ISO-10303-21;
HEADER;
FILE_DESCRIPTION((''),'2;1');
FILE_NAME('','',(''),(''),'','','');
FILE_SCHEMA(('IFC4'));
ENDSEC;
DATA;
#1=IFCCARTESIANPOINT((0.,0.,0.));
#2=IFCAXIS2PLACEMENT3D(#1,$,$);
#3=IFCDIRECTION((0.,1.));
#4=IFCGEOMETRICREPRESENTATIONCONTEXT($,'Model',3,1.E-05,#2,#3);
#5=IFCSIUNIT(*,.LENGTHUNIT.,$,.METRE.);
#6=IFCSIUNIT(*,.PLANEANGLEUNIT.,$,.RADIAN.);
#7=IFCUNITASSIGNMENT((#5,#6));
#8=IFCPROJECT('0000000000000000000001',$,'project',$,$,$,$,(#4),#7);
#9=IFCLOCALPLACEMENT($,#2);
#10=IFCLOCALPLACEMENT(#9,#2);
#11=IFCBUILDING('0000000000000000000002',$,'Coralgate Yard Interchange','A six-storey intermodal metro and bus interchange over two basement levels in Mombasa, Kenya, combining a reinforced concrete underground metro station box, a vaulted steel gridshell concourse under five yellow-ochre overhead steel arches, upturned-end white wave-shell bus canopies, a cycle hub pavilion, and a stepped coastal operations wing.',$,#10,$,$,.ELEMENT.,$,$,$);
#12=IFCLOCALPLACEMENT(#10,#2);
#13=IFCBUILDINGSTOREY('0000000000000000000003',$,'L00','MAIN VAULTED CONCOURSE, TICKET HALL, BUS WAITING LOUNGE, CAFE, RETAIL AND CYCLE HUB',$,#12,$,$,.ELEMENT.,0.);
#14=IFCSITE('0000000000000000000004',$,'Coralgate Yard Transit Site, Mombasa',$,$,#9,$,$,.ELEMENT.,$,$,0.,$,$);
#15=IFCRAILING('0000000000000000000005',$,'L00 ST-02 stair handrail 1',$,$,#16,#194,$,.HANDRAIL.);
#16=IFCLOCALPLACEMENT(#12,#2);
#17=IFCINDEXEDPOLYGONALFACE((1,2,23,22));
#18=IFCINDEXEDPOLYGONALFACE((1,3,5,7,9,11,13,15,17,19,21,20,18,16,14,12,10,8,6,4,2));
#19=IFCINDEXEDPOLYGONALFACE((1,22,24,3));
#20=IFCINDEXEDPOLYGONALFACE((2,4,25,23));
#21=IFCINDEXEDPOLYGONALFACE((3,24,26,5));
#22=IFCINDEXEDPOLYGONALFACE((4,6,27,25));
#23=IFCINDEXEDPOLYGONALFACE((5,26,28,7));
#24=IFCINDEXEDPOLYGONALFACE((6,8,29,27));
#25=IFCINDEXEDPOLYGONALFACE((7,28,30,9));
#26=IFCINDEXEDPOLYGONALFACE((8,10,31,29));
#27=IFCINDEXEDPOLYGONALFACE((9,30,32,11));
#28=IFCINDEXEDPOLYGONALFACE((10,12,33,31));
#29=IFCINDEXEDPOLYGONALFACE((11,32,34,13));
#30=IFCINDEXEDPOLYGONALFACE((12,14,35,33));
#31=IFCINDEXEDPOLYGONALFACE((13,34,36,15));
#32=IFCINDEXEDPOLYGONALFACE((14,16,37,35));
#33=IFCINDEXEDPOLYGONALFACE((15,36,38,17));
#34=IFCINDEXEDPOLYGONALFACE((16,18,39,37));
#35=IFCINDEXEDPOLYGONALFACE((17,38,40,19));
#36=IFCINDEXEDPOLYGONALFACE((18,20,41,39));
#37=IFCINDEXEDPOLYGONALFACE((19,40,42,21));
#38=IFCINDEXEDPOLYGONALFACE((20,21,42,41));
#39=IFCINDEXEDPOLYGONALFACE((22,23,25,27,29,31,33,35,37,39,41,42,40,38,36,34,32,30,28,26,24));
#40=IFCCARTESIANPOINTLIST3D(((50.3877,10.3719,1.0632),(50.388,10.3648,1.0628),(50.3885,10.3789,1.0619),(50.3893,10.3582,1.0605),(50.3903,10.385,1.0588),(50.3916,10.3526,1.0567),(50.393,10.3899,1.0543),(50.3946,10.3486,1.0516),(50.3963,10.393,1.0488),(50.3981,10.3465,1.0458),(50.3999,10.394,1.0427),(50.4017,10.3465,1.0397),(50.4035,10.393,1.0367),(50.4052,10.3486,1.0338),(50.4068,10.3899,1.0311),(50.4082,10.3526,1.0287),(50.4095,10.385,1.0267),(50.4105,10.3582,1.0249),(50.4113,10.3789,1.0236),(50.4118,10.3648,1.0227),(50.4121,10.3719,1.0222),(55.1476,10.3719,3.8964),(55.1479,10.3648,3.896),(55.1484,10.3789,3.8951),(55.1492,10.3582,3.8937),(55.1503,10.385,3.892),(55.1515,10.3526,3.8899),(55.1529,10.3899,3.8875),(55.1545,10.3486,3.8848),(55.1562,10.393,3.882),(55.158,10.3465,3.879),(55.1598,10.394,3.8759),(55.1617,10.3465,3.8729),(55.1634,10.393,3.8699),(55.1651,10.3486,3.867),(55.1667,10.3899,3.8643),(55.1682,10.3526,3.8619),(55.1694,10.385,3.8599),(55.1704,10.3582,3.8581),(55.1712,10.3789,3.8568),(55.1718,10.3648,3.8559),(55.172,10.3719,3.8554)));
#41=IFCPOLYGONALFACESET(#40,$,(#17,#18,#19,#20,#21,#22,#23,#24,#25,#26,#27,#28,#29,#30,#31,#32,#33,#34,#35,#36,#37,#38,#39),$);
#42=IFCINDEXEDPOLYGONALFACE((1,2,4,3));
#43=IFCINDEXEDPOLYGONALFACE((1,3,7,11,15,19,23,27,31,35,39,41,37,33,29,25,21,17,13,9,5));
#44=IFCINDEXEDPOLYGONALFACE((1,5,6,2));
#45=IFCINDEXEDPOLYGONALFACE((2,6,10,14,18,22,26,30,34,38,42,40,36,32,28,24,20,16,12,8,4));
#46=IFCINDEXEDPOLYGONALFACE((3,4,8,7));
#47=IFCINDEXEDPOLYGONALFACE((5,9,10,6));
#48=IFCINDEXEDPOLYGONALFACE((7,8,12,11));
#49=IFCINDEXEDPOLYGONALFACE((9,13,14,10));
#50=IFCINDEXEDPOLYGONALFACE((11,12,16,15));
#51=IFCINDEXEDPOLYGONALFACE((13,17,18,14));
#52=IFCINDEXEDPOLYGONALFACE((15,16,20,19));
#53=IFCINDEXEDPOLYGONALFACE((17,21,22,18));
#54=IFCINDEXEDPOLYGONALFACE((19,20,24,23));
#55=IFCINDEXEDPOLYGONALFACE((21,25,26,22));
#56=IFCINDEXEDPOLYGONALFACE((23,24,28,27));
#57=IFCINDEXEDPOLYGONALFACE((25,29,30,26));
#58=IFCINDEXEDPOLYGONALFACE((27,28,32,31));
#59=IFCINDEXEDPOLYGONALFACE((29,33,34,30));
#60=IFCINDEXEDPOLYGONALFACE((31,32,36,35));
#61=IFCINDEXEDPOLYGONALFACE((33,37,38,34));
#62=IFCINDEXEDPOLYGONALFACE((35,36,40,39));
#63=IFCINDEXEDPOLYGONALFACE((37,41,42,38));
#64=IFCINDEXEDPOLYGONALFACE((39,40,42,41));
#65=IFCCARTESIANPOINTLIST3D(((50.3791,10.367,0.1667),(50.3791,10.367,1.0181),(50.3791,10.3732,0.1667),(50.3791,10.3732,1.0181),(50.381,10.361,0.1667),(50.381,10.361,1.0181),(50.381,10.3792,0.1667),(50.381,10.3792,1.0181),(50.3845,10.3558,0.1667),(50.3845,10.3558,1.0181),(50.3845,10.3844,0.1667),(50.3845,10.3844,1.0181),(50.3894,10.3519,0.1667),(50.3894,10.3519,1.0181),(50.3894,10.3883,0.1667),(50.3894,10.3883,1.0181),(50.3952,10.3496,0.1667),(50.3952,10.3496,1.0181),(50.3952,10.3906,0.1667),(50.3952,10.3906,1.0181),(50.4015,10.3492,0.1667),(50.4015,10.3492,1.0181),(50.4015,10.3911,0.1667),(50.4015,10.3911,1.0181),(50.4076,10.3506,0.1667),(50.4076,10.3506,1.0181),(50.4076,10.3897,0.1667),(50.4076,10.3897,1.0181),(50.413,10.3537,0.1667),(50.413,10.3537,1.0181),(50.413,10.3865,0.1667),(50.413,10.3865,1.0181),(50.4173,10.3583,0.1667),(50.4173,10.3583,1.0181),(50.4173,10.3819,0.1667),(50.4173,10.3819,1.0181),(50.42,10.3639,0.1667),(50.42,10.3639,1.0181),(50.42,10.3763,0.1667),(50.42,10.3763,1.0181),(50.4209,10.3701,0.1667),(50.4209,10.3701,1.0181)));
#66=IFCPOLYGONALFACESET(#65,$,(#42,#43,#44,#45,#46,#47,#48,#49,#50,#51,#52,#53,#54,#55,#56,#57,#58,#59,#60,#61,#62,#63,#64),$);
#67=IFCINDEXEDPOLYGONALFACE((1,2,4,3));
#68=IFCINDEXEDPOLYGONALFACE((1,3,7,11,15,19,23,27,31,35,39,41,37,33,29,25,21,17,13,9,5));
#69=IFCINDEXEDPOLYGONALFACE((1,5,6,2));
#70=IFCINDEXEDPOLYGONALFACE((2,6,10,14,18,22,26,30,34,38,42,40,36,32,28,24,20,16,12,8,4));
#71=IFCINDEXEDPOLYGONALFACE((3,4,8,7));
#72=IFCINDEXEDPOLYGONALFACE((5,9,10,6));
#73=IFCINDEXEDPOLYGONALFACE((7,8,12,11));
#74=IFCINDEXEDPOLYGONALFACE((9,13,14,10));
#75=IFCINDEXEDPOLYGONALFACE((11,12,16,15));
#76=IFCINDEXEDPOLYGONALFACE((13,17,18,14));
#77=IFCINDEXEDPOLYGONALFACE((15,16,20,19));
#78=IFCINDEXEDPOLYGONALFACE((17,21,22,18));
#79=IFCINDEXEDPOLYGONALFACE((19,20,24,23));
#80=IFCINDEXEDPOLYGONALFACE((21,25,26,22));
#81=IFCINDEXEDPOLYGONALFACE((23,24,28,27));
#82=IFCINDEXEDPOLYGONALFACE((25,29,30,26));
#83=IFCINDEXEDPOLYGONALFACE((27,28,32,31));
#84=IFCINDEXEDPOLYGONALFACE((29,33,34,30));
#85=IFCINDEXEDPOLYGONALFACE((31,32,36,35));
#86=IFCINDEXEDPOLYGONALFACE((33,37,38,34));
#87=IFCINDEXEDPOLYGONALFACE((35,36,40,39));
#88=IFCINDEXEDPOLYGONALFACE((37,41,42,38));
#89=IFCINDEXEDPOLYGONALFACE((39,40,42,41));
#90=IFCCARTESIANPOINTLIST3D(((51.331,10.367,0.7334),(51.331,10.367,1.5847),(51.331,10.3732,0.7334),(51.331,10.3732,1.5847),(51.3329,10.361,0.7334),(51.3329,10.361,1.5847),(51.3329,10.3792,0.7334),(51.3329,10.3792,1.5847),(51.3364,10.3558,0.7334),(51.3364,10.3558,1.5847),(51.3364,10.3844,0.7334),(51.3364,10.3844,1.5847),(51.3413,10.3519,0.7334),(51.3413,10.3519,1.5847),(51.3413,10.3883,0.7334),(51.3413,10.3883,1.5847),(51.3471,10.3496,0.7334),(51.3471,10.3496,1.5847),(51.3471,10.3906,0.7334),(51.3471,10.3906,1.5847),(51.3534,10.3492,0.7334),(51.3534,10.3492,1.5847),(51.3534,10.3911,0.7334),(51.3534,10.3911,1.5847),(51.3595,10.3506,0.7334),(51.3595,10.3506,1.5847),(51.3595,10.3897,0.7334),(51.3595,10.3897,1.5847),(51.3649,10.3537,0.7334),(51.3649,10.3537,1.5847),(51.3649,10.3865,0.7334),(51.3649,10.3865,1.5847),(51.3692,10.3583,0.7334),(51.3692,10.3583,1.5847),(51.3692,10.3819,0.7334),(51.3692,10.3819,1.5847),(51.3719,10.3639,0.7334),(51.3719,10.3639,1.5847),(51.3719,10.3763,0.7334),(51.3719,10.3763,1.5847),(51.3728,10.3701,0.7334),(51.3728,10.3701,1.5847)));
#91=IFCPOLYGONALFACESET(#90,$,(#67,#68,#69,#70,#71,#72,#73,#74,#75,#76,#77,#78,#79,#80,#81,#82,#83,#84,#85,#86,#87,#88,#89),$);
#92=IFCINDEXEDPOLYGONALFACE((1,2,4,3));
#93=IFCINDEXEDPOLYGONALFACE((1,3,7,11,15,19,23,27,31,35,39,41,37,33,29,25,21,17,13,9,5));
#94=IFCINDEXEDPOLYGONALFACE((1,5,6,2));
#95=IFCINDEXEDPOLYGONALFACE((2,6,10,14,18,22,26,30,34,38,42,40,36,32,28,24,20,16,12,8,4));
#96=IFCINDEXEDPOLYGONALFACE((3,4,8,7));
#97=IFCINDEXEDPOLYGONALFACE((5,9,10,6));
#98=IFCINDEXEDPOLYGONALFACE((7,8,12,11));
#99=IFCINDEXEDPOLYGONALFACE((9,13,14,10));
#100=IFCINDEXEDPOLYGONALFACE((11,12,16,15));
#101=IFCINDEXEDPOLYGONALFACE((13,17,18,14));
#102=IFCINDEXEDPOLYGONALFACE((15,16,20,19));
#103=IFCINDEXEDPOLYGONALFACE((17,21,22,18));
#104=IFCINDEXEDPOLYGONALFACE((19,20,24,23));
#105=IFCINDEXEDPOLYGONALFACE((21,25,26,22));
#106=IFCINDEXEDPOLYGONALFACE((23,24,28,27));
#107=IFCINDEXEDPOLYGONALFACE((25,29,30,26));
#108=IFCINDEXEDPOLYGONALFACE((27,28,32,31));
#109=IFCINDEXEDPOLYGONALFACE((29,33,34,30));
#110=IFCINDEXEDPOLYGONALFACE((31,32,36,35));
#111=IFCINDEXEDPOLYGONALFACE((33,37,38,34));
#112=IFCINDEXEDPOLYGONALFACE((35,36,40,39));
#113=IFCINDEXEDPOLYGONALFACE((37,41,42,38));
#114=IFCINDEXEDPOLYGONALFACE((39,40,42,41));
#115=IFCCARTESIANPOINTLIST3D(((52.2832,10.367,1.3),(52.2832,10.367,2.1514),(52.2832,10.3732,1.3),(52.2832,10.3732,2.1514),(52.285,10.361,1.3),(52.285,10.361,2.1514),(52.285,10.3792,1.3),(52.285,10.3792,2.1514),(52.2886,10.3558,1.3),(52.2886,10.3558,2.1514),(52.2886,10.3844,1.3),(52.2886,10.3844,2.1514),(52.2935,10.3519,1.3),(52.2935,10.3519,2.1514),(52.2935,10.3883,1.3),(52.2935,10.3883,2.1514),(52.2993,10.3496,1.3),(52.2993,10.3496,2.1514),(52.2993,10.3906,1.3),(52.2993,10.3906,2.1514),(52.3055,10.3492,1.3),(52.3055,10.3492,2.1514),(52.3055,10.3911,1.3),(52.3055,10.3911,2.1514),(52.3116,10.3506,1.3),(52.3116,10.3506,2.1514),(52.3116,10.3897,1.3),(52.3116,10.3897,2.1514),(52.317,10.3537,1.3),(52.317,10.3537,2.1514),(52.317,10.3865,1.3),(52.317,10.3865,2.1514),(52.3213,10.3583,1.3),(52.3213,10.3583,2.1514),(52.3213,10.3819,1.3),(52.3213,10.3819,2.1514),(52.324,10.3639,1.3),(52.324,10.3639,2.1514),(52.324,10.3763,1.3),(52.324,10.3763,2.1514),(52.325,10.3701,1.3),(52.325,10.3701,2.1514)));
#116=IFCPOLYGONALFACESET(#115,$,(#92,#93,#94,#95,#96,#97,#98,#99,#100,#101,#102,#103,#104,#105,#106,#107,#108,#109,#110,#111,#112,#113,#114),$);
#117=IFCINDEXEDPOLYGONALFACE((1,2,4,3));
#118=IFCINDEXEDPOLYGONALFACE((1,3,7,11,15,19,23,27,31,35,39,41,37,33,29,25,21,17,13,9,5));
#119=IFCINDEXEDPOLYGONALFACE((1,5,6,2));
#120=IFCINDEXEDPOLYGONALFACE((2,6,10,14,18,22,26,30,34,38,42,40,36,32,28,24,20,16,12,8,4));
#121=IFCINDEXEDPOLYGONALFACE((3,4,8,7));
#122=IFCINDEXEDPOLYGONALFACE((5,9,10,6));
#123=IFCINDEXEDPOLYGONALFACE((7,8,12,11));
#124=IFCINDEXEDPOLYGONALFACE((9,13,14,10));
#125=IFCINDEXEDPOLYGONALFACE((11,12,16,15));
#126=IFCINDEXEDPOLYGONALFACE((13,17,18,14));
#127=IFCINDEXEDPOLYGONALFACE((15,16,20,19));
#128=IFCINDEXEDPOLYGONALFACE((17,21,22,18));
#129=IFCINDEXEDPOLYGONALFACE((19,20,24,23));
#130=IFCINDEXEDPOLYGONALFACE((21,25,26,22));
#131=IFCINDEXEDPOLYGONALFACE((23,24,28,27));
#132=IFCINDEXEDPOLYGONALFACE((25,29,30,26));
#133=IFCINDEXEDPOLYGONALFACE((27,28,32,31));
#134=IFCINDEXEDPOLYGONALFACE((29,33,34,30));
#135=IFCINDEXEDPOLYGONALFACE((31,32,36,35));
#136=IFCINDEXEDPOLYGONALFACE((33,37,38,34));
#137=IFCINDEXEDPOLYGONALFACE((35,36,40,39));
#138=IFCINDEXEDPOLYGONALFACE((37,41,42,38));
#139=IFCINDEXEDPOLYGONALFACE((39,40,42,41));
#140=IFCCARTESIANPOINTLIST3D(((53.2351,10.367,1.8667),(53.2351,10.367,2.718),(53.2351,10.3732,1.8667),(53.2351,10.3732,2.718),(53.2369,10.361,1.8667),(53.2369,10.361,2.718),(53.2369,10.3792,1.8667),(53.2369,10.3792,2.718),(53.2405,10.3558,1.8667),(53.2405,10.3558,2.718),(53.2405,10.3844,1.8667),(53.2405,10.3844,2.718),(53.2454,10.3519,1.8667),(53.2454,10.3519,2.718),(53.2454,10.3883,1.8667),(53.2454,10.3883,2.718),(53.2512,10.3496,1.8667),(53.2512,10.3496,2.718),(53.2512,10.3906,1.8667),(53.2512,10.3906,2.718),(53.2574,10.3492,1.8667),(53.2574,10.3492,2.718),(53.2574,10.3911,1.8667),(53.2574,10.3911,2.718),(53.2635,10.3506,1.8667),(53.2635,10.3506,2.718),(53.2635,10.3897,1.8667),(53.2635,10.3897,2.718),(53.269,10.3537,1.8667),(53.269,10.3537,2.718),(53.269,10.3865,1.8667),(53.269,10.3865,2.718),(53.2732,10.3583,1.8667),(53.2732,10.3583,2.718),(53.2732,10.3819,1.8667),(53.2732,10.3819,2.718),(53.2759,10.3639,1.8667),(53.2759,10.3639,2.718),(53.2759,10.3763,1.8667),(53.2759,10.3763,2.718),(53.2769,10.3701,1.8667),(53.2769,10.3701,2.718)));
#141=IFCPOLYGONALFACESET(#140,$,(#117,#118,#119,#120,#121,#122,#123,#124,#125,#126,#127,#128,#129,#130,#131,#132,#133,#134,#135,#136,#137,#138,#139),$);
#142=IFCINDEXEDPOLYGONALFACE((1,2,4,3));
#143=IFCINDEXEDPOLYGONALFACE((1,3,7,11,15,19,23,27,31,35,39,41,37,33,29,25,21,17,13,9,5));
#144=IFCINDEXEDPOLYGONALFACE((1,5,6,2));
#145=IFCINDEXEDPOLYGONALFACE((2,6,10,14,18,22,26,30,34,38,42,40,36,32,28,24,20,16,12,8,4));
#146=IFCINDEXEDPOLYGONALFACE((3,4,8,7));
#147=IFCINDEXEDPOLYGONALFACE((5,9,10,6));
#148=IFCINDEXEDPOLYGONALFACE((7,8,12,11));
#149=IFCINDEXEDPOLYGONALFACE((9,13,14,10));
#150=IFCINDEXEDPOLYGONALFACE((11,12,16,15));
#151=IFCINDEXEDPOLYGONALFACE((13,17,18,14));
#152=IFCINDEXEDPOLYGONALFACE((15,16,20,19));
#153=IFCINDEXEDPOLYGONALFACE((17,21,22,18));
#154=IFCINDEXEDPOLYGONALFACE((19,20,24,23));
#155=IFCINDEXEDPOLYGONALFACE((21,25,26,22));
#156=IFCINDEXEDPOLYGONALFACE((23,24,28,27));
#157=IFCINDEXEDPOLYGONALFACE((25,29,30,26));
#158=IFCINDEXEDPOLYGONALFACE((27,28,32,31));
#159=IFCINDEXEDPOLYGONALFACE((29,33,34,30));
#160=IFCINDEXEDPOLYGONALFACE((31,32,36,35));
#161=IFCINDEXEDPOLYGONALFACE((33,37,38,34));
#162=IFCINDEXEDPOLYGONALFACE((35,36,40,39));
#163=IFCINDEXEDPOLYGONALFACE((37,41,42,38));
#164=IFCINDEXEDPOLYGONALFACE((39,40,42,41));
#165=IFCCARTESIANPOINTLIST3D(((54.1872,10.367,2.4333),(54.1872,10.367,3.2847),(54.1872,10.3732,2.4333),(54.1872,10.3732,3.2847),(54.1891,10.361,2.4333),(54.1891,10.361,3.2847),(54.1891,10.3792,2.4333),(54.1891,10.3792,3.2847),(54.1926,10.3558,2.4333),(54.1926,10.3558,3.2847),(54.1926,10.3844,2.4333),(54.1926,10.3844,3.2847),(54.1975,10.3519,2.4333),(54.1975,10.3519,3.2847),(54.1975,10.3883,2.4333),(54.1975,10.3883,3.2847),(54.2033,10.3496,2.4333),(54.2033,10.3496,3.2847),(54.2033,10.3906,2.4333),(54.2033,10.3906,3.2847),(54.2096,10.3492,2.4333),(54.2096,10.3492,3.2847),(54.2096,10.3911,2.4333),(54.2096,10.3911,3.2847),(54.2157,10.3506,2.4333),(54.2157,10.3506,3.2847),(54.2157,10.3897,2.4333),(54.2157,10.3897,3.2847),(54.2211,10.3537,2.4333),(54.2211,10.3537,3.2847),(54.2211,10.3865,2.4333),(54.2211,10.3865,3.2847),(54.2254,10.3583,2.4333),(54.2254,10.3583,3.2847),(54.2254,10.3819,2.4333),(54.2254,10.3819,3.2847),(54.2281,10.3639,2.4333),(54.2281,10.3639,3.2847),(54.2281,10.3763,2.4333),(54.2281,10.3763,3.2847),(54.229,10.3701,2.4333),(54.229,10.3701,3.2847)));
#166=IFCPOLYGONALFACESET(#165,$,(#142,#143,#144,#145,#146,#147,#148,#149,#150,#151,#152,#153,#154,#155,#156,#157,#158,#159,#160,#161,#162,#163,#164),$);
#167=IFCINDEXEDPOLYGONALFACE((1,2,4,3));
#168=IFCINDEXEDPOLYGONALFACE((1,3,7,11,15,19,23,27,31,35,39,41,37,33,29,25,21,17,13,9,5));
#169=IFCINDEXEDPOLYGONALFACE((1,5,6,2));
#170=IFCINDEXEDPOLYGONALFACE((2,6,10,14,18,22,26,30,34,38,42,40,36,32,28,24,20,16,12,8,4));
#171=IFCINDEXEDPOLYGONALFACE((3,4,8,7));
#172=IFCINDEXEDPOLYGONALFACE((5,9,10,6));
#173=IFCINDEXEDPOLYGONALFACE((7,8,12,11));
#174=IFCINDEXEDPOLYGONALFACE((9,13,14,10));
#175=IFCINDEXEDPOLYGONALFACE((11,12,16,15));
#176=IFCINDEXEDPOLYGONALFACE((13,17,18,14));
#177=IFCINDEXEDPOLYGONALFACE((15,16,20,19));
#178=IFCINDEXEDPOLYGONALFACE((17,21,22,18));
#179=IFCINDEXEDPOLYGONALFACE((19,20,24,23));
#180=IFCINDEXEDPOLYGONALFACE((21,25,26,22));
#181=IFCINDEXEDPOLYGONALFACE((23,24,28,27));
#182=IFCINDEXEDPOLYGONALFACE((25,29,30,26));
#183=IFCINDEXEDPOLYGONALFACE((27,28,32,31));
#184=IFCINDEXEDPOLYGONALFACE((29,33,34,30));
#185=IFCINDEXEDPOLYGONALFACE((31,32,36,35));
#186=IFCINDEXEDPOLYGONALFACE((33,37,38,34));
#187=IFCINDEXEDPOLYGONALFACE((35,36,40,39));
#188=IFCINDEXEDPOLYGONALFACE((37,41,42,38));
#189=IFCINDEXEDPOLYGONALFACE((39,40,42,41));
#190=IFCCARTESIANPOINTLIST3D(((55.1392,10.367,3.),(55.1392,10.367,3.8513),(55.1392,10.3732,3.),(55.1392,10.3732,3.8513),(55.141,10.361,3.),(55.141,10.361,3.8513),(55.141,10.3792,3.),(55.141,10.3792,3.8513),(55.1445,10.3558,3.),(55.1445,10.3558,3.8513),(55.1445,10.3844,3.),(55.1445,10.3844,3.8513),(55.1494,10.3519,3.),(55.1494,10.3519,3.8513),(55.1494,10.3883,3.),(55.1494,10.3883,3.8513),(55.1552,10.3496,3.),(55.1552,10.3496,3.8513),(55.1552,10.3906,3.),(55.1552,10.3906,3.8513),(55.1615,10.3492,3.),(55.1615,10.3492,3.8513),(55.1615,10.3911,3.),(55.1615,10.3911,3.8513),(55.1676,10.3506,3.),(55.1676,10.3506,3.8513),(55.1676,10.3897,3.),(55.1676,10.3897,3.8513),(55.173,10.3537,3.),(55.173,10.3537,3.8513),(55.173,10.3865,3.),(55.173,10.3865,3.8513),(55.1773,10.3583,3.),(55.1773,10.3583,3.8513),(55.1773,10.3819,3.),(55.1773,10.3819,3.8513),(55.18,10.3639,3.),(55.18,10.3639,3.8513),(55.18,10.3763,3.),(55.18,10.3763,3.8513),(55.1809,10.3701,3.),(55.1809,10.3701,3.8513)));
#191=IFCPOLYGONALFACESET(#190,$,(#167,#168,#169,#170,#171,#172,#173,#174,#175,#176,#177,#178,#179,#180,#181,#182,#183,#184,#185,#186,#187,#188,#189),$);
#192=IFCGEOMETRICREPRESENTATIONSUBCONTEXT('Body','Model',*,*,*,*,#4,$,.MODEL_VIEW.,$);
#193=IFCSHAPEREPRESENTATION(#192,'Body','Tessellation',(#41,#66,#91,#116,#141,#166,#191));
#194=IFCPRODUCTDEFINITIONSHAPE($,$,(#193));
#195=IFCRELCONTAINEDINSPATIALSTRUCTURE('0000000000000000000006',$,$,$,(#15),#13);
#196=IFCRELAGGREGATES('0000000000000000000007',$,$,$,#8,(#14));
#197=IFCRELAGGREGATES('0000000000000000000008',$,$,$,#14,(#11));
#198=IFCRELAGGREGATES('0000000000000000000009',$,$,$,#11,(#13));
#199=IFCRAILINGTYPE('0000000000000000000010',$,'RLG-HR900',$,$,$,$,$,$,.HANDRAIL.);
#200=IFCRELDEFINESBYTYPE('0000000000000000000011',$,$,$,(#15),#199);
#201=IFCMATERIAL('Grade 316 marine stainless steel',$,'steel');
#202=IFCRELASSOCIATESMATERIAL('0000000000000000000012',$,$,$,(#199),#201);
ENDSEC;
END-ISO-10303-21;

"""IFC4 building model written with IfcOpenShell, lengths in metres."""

from ifc_helpers import new_model, si_unit, direction, frame, origin, origin_2d, place, context, subcontext, project, spatial, circle, extrude, material, type_object, element, save


model = new_model("IFC4")

# Units and contexts
model_context = context("Model", 3, precision=1e-05, world=origin(), true_north=direction((0.0, 1.0)))
body_context = subcontext(model_context, "Body", "Model", "MODEL_VIEW")
ifc_project = project(units=[si_unit("LENGTHUNIT", "METRE"), si_unit("PLANEANGLEUNIT", "RADIAN")], contexts=[model_context])

# Site, building, storey
site_placement = place(None, origin())
site = spatial("IfcSite", under=ifc_project, at=site_placement, Name="Coralgate Yard Transit Site, Mombasa", CompositionType="ELEMENT", RefElevation=0.0)
building_placement = place(site_placement, origin())
building = spatial("IfcBuilding", under=site, at=building_placement, Name="Coralgate Yard Interchange", Description="A six-storey intermodal metro and bus interchange over two basement levels in Mombasa, Kenya, combining a reinforced concrete underground metro station box, a vaulted steel gridshell concourse under five yellow-ochre overhead steel arches, upturned-end white wave-shell bus canopies, a cycle hub pavilion, and a stepped coastal operations wing.", CompositionType="ELEMENT")
storey_placement = place(building_placement, origin())
storey = spatial("IfcBuildingStorey", under=building, at=storey_placement, Name="L00", Description="MAIN VAULTED CONCOURSE, TICKET HALL, BUS WAITING LOUNGE, CAFE, RETAIL AND CYCLE HUB", CompositionType="ELEMENT", Elevation=0.0)

# Railing
ifc_material_1 = material(Name="Grade 316 marine stainless steel", Category="steel")
railing_type_1 = type_object("IfcRailingType", Name="RLG-HR900", PredefinedType="HANDRAIL", material=ifc_material_1)
railing_1_placement = place(storey_placement, frame((50.3999, 10.3701, 0.1667)))
element("IfcRailing", 1, at=railing_1_placement, inside=storey, type_object=railing_type_1, Name="L00 ST-02 stair handrail 1", PredefinedType="HANDRAIL", context=body_context, shape_type="SweptSolid", body=[
    extrude(circle(Radius=0.0239, at=origin_2d()), frame((0.0, 0.0, 0.876), z_axis=(0.8593, 0.0, 0.511472), x_axis=(0.0, 1.0, 0.0)), (0.0, 0.0, 1.0), 5.5393),
    extrude(circle(Radius=0.021, at=origin_2d()), origin(), (0.0, 0.0, 1.0), 0.8513),
    extrude(circle(Radius=0.021, at=origin_2d()), frame((0.9519, 0.0, 0.5667)), (0.0, 0.0, 1.0), 0.8513),
    extrude(circle(Radius=0.021, at=origin_2d()), frame((1.9041, 0.0, 1.1333)), (0.0, 0.0, 1.0), 0.8513),
    extrude(circle(Radius=0.021, at=origin_2d()), frame((2.856, 0.0, 1.7)), (0.0, 0.0, 1.0), 0.8513),
    extrude(circle(Radius=0.021, at=origin_2d()), frame((3.8081, 0.0, 2.2666)), (0.0, 0.0, 1.0), 0.8513),
    extrude(circle(Radius=0.021, at=origin_2d()), frame((4.76, 0.0, 2.8333)), (0.0, 0.0, 1.0), 0.8513),
])

save(model, "model.ifc")
